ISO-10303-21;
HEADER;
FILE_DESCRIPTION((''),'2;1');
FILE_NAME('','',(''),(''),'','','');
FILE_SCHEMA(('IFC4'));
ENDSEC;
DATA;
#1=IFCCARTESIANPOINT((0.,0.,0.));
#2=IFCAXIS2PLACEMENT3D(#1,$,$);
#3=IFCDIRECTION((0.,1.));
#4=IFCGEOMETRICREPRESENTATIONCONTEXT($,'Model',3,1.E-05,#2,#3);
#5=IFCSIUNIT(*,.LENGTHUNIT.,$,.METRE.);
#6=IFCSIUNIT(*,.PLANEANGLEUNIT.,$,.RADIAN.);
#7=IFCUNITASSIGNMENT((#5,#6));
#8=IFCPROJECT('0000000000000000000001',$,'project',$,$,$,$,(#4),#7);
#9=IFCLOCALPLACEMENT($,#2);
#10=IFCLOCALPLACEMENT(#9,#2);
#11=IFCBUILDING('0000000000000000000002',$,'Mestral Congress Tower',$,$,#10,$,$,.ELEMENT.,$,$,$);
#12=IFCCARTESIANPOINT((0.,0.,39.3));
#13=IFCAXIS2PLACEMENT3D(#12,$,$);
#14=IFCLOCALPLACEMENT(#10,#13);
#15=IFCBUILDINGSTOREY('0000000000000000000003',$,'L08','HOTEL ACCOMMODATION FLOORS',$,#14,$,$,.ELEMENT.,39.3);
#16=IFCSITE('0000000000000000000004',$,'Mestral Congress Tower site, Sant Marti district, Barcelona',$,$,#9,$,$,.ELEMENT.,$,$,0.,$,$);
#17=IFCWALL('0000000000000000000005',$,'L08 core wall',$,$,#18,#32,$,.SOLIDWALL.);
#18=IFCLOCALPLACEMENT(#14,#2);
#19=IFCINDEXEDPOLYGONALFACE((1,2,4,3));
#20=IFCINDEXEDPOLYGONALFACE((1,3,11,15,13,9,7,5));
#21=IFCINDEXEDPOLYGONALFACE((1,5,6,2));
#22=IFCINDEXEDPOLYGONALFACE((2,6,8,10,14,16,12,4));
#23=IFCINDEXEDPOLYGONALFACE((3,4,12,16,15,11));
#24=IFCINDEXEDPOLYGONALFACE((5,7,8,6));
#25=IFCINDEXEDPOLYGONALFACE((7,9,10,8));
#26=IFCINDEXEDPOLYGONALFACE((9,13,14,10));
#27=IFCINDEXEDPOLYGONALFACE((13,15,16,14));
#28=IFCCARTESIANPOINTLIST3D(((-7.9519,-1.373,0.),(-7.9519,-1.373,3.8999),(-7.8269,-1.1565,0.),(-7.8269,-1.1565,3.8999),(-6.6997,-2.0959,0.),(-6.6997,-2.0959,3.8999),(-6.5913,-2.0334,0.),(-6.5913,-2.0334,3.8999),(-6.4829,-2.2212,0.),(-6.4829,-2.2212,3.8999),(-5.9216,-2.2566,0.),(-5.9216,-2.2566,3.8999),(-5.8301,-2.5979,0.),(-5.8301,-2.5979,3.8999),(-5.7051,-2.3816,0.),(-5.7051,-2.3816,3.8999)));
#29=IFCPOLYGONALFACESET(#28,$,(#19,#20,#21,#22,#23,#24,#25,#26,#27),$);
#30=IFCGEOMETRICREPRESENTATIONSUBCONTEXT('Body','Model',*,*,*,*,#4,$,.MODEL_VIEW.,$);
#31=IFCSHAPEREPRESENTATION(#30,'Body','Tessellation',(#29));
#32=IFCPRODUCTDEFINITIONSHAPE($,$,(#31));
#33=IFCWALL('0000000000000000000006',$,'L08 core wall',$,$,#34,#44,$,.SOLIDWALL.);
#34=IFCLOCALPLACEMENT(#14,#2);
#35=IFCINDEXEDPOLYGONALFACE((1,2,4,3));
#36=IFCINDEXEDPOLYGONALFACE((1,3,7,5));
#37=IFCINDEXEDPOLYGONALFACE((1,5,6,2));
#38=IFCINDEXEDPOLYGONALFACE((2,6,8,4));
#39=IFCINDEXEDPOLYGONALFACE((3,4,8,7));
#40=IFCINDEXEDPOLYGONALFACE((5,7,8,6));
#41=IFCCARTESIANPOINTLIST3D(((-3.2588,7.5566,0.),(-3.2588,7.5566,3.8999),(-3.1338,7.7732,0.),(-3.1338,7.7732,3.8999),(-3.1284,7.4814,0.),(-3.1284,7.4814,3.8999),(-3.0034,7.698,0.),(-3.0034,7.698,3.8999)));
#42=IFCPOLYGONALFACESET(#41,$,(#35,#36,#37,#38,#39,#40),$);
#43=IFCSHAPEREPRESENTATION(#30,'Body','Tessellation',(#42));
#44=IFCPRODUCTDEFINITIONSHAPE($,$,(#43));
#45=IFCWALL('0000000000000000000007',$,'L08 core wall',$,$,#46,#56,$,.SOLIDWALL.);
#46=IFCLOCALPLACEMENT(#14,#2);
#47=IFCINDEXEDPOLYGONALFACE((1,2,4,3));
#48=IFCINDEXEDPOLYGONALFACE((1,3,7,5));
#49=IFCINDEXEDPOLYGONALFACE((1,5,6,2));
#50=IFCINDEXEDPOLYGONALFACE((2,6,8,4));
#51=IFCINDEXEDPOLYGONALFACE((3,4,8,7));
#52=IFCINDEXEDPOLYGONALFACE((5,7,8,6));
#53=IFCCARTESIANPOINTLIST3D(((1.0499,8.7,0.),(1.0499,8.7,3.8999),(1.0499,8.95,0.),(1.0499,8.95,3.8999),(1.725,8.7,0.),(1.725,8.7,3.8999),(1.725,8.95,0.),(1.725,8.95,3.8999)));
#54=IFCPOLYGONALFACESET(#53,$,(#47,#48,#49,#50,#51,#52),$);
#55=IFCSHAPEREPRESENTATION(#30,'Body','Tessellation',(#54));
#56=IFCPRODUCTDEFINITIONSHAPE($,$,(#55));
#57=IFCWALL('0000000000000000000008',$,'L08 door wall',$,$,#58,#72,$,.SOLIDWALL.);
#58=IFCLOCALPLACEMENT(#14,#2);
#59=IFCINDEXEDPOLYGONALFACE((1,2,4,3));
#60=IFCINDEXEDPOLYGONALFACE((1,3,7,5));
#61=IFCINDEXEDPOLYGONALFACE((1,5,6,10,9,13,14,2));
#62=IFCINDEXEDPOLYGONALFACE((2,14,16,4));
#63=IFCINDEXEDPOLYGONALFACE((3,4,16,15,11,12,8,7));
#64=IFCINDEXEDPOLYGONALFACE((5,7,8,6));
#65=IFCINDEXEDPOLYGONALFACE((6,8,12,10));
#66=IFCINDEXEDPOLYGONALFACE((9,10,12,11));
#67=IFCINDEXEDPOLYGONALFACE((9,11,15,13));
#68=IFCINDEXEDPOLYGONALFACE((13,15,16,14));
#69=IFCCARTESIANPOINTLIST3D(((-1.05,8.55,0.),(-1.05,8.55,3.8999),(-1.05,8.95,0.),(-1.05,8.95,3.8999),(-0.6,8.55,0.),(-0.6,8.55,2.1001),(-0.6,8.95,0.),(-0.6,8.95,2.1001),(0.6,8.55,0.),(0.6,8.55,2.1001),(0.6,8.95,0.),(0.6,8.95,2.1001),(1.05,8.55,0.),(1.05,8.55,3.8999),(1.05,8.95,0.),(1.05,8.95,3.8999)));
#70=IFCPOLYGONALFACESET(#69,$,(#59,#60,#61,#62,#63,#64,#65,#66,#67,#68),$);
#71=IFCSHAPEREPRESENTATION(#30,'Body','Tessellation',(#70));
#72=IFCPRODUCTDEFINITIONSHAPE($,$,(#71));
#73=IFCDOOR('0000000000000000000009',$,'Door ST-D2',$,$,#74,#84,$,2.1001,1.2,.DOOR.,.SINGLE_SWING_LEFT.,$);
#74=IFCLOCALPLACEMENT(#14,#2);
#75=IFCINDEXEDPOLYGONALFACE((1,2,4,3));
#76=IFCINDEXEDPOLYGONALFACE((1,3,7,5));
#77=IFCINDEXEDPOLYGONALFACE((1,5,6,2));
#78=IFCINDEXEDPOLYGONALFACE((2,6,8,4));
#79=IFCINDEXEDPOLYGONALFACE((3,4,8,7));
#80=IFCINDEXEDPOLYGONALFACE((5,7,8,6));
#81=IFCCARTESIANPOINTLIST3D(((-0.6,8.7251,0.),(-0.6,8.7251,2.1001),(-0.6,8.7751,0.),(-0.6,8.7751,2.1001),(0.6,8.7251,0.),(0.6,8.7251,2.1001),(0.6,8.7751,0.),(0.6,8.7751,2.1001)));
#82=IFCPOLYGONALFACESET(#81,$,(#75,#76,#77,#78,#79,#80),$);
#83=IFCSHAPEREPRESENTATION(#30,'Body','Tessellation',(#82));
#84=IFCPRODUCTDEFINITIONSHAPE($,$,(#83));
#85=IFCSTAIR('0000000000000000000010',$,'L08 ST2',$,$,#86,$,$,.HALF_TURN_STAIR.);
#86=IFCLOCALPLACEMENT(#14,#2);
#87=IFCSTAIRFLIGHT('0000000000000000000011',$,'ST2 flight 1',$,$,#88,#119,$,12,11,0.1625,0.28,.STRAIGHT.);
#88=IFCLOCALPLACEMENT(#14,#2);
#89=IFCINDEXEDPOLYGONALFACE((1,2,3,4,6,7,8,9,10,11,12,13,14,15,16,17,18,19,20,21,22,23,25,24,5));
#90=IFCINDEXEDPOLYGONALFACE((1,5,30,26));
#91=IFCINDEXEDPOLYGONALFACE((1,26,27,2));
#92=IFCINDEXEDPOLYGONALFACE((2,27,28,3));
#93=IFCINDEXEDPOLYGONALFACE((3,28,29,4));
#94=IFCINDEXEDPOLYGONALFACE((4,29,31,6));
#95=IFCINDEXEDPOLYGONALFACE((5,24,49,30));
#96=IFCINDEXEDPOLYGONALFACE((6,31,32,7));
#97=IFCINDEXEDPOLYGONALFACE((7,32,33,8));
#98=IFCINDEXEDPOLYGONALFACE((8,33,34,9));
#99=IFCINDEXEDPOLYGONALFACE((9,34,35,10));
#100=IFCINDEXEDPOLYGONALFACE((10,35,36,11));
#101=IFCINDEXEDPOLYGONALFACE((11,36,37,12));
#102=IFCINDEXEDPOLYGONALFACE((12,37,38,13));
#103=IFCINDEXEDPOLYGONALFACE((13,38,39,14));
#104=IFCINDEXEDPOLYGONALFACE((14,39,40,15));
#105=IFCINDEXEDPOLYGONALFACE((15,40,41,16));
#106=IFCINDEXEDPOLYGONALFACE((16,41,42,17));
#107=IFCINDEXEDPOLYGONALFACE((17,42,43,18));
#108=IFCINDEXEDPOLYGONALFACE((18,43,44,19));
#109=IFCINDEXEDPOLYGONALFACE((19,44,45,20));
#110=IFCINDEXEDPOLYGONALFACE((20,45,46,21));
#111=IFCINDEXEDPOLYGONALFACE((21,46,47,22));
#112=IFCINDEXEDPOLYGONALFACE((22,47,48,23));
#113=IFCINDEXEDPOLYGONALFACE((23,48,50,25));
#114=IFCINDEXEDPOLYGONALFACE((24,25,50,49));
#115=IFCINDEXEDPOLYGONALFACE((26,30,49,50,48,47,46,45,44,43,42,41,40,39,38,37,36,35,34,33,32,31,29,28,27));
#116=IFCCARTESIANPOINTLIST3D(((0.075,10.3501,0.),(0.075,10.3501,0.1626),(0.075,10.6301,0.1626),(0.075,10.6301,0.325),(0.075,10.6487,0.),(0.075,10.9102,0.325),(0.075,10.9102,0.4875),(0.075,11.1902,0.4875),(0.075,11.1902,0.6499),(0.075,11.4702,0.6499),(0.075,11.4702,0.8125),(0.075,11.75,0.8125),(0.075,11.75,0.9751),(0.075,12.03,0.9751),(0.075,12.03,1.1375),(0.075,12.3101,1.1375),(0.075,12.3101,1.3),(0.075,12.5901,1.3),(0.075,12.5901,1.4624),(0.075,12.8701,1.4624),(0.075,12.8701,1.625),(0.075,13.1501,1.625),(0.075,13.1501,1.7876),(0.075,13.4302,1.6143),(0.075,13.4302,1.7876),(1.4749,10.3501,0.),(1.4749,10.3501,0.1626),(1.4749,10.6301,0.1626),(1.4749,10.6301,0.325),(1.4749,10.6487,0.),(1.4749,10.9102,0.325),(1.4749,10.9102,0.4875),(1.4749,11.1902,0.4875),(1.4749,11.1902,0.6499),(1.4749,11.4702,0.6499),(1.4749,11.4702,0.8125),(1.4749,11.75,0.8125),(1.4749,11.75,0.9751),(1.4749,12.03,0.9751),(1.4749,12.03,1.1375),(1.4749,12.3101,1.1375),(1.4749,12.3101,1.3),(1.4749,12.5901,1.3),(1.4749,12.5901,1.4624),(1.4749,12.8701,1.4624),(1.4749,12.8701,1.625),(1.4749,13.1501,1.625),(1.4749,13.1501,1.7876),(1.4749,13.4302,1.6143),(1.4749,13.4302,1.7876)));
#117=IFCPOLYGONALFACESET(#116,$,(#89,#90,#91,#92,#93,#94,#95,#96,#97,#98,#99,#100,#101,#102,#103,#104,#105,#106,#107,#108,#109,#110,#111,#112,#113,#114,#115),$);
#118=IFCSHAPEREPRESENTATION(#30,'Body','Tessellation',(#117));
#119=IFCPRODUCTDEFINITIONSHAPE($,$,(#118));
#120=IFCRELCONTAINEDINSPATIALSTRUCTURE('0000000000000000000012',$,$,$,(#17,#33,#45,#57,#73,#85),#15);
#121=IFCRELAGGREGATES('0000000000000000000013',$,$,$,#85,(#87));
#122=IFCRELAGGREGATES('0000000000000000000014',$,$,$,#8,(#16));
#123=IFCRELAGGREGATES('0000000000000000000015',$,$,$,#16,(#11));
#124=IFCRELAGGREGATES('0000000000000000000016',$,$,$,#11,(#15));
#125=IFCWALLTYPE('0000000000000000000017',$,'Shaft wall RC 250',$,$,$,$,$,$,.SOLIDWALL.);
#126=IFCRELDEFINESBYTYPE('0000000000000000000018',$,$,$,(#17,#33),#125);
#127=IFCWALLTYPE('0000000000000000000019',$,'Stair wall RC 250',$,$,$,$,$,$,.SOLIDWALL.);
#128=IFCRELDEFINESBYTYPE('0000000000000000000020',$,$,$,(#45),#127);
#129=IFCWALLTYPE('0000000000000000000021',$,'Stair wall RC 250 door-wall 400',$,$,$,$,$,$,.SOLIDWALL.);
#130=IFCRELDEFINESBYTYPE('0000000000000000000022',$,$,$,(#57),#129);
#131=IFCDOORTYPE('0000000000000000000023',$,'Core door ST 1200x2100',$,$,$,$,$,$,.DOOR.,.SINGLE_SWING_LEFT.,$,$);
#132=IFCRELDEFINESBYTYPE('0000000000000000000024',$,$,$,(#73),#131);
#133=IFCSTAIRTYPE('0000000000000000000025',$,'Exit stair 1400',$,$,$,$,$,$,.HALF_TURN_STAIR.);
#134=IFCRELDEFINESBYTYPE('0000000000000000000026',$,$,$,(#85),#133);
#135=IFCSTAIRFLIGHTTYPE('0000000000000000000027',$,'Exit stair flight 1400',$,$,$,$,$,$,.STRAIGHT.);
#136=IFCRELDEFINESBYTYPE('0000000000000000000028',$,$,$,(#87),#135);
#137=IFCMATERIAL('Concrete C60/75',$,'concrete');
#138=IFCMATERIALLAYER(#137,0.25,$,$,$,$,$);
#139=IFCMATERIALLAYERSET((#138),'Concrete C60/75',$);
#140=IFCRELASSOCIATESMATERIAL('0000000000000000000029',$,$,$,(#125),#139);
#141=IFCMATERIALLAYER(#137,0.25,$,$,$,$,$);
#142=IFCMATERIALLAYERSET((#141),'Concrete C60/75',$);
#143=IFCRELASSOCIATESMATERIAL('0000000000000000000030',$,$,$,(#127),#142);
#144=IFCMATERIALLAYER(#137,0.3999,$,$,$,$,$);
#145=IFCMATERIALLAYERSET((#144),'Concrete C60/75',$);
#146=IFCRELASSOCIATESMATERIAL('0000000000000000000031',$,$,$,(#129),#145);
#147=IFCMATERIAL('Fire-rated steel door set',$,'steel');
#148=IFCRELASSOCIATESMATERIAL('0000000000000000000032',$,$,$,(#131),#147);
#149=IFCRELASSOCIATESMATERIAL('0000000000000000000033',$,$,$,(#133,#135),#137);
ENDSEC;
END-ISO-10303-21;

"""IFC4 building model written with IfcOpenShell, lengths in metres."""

from ifc_helpers import new_model, si_unit, direction, frame, frame_2d, origin, place, context, subcontext, project, spatial, polyline, rectangle, outline, extrude, material, layer, layer_set, type_object, element, fill, aggregate, save


model = new_model("IFC4")

# Units and contexts
model_context = context("Model", 3, precision=1e-05, world=origin(), true_north=direction((0.0, 1.0)))
body_context = subcontext(model_context, "Body", "Model", "MODEL_VIEW")
ifc_project = project(units=[si_unit("LENGTHUNIT", "METRE"), si_unit("PLANEANGLEUNIT", "RADIAN")], contexts=[model_context])

# Site, building, storey
site_placement = place(None, origin())
site = spatial("IfcSite", under=ifc_project, at=site_placement, Name="Mestral Congress Tower site, Sant Marti district, Barcelona", CompositionType="ELEMENT", RefElevation=0.0)
building_placement = place(site_placement, origin())
building = spatial("IfcBuilding", under=site, at=building_placement, Name="Mestral Congress Tower", CompositionType="ELEMENT")
storey_placement = place(building_placement, frame((0.0, 0.0, 39.3)))
storey = spatial("IfcBuildingStorey", under=building, at=storey_placement, Name="L08", Description="HOTEL ACCOMMODATION FLOORS", CompositionType="ELEMENT", Elevation=39.3)

# Walls
placement = place(storey_placement, origin())
ifc_material_1 = material(Name="Concrete C60/75", Category="concrete")
ifc_layer_1 = layer(ifc_material_1, 0.25)
ifc_layer_set_1 = layer_set([ifc_layer_1], Name="Concrete C60/75")
wall_type_1 = type_object("IfcWallType", Name="Shaft wall RC 250", PredefinedType="SOLIDWALL", material=ifc_layer_set_1)
element("IfcWall", 1, at=placement, inside=storey, type_object=wall_type_1, Name="L08 core wall", PredefinedType="SOLIDWALL", context=body_context, shape_type="SweptSolid", body=[
    extrude(outline(polyline([(-5.9216, -2.2566), (-5.9216, -2.2566), (-5.7051, -2.3816), (-5.8301, -2.5979), (-6.4829, -2.2212), (-6.5913, -2.0334), (-6.5913, -2.0334), (-6.6997, -2.0959), (-7.9519, -1.373), (-7.8269, -1.1565), (-5.9216, -2.2566)])), origin(), (0.0, 0.0, 1.0), 3.8999),
])
element("IfcWall", 2, at=placement, inside=storey, type_object=wall_type_1, Name="L08 core wall", PredefinedType="SOLIDWALL", context=body_context, shape_type="SweptSolid", body=[
    extrude(outline(polyline([(-3.1284, 7.4814), (-3.2588, 7.5566), (-3.1338, 7.7732), (-3.0034, 7.698), (-3.1284, 7.4814)])), origin(), (0.0, 0.0, 1.0), 3.8999),
])
ifc_layer_2 = layer(ifc_material_1, 0.25)
ifc_layer_set_2 = layer_set([ifc_layer_2], Name="Concrete C60/75")
wall_type_2 = type_object("IfcWallType", Name="Stair wall RC 250", PredefinedType="SOLIDWALL", material=ifc_layer_set_2)
wall_1_placement = place(storey_placement, frame((1.05, 8.825, 0.0), z_axis=(0.0, 0.0, 1.0), x_axis=(1.0, 0.0, 0.0)))
element("IfcWall", 3, at=wall_1_placement, inside=storey, type_object=wall_type_2, Name="L08 core wall", PredefinedType="SOLIDWALL", context=body_context, shape_type="SweptSolid", body=[
    extrude(rectangle(XDim=0.675, YDim=0.25, at=frame_2d((0.3374, 0.0))), origin(), (0.0, 0.0, 1.0), 3.8999),
])

# Wall, opening, door
ifc_layer_3 = layer(ifc_material_1, 0.3999)
ifc_layer_set_3 = layer_set([ifc_layer_3], Name="Concrete C60/75")
wall_type_3 = type_object("IfcWallType", Name="Stair wall RC 250 door-wall 400", PredefinedType="SOLIDWALL", material=ifc_layer_set_3)
wall_2_placement = place(storey_placement, frame((1.05, 8.75, 0.0), z_axis=(0.0, 0.0, 1.0), x_axis=(-1.0, 0.0, 0.0)))
wall_2 = element("IfcWall", 4, at=wall_2_placement, inside=storey, type_object=wall_type_3, Name="L08 door wall", PredefinedType="SOLIDWALL", context=body_context, shape_type="SweptSolid", body=[
    extrude(rectangle(XDim=2.1001, YDim=0.3999, at=frame_2d((1.05, 0.0))), origin(), (0.0, 0.0, 1.0), 3.8999),
])
opening_placement = place(wall_2_placement, frame((0.45, 0.0, 0.0)))
opening = element("IfcOpeningElement", 5, at=opening_placement, cuts=wall_2, PredefinedType="OPENING", context=body_context, shape_type="SweptSolid", body=[
    extrude(rectangle(XDim=1.2, YDim=2.1001, at=frame_2d((0.6001, 1.05))), frame((0.0, 0.21, 0.0), z_axis=(0.0, -1.0, 0.0), x_axis=(1.0, 0.0, 0.0)), (0.0, 0.0, 1.0), 0.4199),
])
ifc_material_2 = material(Name="Fire-rated steel door set", Category="steel")
door_type = type_object("IfcDoorType", Name="Core door ST 1200x2100", OperationType="SINGLE_SWING_LEFT", PredefinedType="DOOR", material=ifc_material_2)
door_placement = place(opening_placement, origin())
door = element("IfcDoor", 6, at=door_placement, inside=storey, type_object=door_type, Name="Door ST-D2", OperationType="SINGLE_SWING_LEFT", OverallHeight=2.1001, OverallWidth=1.2, PredefinedType="DOOR", context=body_context, shape_type="SweptSolid", body=[
    extrude(rectangle(XDim=1.2, YDim=2.1001, at=frame_2d((0.6001, 1.05))), frame((0.0, 0.0249, 0.0), z_axis=(0.0, -1.0, 0.0), x_axis=(1.0, 0.0, 0.0)), (0.0, 0.0, 1.0), 0.05),
])
fill(opening, door)

# Stair, stair flight
stair_type = type_object("IfcStairType", Name="Exit stair 1400", PredefinedType="HALF_TURN_STAIR", material=ifc_material_1)
stair = element("IfcStair", 7, at=placement, inside=storey, type_object=stair_type, Name="L08 ST2", PredefinedType="HALF_TURN_STAIR")
stair_flight_type = type_object("IfcStairFlightType", Name="Exit stair flight 1400", PredefinedType="STRAIGHT", material=ifc_material_1)
stair_flight_placement = place(storey_placement, frame((0.7749, 10.3501, 0.0), z_axis=(0.0, 0.0, 1.0), x_axis=(0.0, 1.0, 0.0)))
stair_flight = element("IfcStairFlight", 8, at=stair_flight_placement, type_object=stair_flight_type, Name="ST2 flight 1", NumberOfRisers=12, NumberOfTreads=11, PredefinedType="STRAIGHT", RiserHeight=0.1625, TreadLength=0.28, context=body_context, shape_type="SweptSolid", body=[
    extrude(outline(polyline([(0.0, 0.0), (0.0, 0.1626), (0.28, 0.1626), (0.28, 0.325), (0.5601, 0.325), (0.5601, 0.4875), (0.8401, 0.4875), (0.8401, 0.6499), (1.1201, 0.6499), (1.1201, 0.8125), (1.3999, 0.8125), (1.3999, 0.9751), (1.6799, 0.9751), (1.6799, 1.1375), (1.96, 1.1375), (1.96, 1.3), (2.24, 1.3), (2.24, 1.4624), (2.52, 1.4624), (2.52, 1.625), (2.8, 1.625), (2.8, 1.7876), (3.0801, 1.7876), (3.0801, 1.95), (3.0801, 1.6143), (0.2986, 0.0), (0.0, 0.0)])), frame((0.0, 0.7, 0.0), z_axis=(0.0, -1.0, 0.0), x_axis=(1.0, 0.0, 0.0)), (0.0, 0.0, 1.0), 1.3999),
])
aggregate(stair, [stair_flight])

save(model, "model.ifc")
